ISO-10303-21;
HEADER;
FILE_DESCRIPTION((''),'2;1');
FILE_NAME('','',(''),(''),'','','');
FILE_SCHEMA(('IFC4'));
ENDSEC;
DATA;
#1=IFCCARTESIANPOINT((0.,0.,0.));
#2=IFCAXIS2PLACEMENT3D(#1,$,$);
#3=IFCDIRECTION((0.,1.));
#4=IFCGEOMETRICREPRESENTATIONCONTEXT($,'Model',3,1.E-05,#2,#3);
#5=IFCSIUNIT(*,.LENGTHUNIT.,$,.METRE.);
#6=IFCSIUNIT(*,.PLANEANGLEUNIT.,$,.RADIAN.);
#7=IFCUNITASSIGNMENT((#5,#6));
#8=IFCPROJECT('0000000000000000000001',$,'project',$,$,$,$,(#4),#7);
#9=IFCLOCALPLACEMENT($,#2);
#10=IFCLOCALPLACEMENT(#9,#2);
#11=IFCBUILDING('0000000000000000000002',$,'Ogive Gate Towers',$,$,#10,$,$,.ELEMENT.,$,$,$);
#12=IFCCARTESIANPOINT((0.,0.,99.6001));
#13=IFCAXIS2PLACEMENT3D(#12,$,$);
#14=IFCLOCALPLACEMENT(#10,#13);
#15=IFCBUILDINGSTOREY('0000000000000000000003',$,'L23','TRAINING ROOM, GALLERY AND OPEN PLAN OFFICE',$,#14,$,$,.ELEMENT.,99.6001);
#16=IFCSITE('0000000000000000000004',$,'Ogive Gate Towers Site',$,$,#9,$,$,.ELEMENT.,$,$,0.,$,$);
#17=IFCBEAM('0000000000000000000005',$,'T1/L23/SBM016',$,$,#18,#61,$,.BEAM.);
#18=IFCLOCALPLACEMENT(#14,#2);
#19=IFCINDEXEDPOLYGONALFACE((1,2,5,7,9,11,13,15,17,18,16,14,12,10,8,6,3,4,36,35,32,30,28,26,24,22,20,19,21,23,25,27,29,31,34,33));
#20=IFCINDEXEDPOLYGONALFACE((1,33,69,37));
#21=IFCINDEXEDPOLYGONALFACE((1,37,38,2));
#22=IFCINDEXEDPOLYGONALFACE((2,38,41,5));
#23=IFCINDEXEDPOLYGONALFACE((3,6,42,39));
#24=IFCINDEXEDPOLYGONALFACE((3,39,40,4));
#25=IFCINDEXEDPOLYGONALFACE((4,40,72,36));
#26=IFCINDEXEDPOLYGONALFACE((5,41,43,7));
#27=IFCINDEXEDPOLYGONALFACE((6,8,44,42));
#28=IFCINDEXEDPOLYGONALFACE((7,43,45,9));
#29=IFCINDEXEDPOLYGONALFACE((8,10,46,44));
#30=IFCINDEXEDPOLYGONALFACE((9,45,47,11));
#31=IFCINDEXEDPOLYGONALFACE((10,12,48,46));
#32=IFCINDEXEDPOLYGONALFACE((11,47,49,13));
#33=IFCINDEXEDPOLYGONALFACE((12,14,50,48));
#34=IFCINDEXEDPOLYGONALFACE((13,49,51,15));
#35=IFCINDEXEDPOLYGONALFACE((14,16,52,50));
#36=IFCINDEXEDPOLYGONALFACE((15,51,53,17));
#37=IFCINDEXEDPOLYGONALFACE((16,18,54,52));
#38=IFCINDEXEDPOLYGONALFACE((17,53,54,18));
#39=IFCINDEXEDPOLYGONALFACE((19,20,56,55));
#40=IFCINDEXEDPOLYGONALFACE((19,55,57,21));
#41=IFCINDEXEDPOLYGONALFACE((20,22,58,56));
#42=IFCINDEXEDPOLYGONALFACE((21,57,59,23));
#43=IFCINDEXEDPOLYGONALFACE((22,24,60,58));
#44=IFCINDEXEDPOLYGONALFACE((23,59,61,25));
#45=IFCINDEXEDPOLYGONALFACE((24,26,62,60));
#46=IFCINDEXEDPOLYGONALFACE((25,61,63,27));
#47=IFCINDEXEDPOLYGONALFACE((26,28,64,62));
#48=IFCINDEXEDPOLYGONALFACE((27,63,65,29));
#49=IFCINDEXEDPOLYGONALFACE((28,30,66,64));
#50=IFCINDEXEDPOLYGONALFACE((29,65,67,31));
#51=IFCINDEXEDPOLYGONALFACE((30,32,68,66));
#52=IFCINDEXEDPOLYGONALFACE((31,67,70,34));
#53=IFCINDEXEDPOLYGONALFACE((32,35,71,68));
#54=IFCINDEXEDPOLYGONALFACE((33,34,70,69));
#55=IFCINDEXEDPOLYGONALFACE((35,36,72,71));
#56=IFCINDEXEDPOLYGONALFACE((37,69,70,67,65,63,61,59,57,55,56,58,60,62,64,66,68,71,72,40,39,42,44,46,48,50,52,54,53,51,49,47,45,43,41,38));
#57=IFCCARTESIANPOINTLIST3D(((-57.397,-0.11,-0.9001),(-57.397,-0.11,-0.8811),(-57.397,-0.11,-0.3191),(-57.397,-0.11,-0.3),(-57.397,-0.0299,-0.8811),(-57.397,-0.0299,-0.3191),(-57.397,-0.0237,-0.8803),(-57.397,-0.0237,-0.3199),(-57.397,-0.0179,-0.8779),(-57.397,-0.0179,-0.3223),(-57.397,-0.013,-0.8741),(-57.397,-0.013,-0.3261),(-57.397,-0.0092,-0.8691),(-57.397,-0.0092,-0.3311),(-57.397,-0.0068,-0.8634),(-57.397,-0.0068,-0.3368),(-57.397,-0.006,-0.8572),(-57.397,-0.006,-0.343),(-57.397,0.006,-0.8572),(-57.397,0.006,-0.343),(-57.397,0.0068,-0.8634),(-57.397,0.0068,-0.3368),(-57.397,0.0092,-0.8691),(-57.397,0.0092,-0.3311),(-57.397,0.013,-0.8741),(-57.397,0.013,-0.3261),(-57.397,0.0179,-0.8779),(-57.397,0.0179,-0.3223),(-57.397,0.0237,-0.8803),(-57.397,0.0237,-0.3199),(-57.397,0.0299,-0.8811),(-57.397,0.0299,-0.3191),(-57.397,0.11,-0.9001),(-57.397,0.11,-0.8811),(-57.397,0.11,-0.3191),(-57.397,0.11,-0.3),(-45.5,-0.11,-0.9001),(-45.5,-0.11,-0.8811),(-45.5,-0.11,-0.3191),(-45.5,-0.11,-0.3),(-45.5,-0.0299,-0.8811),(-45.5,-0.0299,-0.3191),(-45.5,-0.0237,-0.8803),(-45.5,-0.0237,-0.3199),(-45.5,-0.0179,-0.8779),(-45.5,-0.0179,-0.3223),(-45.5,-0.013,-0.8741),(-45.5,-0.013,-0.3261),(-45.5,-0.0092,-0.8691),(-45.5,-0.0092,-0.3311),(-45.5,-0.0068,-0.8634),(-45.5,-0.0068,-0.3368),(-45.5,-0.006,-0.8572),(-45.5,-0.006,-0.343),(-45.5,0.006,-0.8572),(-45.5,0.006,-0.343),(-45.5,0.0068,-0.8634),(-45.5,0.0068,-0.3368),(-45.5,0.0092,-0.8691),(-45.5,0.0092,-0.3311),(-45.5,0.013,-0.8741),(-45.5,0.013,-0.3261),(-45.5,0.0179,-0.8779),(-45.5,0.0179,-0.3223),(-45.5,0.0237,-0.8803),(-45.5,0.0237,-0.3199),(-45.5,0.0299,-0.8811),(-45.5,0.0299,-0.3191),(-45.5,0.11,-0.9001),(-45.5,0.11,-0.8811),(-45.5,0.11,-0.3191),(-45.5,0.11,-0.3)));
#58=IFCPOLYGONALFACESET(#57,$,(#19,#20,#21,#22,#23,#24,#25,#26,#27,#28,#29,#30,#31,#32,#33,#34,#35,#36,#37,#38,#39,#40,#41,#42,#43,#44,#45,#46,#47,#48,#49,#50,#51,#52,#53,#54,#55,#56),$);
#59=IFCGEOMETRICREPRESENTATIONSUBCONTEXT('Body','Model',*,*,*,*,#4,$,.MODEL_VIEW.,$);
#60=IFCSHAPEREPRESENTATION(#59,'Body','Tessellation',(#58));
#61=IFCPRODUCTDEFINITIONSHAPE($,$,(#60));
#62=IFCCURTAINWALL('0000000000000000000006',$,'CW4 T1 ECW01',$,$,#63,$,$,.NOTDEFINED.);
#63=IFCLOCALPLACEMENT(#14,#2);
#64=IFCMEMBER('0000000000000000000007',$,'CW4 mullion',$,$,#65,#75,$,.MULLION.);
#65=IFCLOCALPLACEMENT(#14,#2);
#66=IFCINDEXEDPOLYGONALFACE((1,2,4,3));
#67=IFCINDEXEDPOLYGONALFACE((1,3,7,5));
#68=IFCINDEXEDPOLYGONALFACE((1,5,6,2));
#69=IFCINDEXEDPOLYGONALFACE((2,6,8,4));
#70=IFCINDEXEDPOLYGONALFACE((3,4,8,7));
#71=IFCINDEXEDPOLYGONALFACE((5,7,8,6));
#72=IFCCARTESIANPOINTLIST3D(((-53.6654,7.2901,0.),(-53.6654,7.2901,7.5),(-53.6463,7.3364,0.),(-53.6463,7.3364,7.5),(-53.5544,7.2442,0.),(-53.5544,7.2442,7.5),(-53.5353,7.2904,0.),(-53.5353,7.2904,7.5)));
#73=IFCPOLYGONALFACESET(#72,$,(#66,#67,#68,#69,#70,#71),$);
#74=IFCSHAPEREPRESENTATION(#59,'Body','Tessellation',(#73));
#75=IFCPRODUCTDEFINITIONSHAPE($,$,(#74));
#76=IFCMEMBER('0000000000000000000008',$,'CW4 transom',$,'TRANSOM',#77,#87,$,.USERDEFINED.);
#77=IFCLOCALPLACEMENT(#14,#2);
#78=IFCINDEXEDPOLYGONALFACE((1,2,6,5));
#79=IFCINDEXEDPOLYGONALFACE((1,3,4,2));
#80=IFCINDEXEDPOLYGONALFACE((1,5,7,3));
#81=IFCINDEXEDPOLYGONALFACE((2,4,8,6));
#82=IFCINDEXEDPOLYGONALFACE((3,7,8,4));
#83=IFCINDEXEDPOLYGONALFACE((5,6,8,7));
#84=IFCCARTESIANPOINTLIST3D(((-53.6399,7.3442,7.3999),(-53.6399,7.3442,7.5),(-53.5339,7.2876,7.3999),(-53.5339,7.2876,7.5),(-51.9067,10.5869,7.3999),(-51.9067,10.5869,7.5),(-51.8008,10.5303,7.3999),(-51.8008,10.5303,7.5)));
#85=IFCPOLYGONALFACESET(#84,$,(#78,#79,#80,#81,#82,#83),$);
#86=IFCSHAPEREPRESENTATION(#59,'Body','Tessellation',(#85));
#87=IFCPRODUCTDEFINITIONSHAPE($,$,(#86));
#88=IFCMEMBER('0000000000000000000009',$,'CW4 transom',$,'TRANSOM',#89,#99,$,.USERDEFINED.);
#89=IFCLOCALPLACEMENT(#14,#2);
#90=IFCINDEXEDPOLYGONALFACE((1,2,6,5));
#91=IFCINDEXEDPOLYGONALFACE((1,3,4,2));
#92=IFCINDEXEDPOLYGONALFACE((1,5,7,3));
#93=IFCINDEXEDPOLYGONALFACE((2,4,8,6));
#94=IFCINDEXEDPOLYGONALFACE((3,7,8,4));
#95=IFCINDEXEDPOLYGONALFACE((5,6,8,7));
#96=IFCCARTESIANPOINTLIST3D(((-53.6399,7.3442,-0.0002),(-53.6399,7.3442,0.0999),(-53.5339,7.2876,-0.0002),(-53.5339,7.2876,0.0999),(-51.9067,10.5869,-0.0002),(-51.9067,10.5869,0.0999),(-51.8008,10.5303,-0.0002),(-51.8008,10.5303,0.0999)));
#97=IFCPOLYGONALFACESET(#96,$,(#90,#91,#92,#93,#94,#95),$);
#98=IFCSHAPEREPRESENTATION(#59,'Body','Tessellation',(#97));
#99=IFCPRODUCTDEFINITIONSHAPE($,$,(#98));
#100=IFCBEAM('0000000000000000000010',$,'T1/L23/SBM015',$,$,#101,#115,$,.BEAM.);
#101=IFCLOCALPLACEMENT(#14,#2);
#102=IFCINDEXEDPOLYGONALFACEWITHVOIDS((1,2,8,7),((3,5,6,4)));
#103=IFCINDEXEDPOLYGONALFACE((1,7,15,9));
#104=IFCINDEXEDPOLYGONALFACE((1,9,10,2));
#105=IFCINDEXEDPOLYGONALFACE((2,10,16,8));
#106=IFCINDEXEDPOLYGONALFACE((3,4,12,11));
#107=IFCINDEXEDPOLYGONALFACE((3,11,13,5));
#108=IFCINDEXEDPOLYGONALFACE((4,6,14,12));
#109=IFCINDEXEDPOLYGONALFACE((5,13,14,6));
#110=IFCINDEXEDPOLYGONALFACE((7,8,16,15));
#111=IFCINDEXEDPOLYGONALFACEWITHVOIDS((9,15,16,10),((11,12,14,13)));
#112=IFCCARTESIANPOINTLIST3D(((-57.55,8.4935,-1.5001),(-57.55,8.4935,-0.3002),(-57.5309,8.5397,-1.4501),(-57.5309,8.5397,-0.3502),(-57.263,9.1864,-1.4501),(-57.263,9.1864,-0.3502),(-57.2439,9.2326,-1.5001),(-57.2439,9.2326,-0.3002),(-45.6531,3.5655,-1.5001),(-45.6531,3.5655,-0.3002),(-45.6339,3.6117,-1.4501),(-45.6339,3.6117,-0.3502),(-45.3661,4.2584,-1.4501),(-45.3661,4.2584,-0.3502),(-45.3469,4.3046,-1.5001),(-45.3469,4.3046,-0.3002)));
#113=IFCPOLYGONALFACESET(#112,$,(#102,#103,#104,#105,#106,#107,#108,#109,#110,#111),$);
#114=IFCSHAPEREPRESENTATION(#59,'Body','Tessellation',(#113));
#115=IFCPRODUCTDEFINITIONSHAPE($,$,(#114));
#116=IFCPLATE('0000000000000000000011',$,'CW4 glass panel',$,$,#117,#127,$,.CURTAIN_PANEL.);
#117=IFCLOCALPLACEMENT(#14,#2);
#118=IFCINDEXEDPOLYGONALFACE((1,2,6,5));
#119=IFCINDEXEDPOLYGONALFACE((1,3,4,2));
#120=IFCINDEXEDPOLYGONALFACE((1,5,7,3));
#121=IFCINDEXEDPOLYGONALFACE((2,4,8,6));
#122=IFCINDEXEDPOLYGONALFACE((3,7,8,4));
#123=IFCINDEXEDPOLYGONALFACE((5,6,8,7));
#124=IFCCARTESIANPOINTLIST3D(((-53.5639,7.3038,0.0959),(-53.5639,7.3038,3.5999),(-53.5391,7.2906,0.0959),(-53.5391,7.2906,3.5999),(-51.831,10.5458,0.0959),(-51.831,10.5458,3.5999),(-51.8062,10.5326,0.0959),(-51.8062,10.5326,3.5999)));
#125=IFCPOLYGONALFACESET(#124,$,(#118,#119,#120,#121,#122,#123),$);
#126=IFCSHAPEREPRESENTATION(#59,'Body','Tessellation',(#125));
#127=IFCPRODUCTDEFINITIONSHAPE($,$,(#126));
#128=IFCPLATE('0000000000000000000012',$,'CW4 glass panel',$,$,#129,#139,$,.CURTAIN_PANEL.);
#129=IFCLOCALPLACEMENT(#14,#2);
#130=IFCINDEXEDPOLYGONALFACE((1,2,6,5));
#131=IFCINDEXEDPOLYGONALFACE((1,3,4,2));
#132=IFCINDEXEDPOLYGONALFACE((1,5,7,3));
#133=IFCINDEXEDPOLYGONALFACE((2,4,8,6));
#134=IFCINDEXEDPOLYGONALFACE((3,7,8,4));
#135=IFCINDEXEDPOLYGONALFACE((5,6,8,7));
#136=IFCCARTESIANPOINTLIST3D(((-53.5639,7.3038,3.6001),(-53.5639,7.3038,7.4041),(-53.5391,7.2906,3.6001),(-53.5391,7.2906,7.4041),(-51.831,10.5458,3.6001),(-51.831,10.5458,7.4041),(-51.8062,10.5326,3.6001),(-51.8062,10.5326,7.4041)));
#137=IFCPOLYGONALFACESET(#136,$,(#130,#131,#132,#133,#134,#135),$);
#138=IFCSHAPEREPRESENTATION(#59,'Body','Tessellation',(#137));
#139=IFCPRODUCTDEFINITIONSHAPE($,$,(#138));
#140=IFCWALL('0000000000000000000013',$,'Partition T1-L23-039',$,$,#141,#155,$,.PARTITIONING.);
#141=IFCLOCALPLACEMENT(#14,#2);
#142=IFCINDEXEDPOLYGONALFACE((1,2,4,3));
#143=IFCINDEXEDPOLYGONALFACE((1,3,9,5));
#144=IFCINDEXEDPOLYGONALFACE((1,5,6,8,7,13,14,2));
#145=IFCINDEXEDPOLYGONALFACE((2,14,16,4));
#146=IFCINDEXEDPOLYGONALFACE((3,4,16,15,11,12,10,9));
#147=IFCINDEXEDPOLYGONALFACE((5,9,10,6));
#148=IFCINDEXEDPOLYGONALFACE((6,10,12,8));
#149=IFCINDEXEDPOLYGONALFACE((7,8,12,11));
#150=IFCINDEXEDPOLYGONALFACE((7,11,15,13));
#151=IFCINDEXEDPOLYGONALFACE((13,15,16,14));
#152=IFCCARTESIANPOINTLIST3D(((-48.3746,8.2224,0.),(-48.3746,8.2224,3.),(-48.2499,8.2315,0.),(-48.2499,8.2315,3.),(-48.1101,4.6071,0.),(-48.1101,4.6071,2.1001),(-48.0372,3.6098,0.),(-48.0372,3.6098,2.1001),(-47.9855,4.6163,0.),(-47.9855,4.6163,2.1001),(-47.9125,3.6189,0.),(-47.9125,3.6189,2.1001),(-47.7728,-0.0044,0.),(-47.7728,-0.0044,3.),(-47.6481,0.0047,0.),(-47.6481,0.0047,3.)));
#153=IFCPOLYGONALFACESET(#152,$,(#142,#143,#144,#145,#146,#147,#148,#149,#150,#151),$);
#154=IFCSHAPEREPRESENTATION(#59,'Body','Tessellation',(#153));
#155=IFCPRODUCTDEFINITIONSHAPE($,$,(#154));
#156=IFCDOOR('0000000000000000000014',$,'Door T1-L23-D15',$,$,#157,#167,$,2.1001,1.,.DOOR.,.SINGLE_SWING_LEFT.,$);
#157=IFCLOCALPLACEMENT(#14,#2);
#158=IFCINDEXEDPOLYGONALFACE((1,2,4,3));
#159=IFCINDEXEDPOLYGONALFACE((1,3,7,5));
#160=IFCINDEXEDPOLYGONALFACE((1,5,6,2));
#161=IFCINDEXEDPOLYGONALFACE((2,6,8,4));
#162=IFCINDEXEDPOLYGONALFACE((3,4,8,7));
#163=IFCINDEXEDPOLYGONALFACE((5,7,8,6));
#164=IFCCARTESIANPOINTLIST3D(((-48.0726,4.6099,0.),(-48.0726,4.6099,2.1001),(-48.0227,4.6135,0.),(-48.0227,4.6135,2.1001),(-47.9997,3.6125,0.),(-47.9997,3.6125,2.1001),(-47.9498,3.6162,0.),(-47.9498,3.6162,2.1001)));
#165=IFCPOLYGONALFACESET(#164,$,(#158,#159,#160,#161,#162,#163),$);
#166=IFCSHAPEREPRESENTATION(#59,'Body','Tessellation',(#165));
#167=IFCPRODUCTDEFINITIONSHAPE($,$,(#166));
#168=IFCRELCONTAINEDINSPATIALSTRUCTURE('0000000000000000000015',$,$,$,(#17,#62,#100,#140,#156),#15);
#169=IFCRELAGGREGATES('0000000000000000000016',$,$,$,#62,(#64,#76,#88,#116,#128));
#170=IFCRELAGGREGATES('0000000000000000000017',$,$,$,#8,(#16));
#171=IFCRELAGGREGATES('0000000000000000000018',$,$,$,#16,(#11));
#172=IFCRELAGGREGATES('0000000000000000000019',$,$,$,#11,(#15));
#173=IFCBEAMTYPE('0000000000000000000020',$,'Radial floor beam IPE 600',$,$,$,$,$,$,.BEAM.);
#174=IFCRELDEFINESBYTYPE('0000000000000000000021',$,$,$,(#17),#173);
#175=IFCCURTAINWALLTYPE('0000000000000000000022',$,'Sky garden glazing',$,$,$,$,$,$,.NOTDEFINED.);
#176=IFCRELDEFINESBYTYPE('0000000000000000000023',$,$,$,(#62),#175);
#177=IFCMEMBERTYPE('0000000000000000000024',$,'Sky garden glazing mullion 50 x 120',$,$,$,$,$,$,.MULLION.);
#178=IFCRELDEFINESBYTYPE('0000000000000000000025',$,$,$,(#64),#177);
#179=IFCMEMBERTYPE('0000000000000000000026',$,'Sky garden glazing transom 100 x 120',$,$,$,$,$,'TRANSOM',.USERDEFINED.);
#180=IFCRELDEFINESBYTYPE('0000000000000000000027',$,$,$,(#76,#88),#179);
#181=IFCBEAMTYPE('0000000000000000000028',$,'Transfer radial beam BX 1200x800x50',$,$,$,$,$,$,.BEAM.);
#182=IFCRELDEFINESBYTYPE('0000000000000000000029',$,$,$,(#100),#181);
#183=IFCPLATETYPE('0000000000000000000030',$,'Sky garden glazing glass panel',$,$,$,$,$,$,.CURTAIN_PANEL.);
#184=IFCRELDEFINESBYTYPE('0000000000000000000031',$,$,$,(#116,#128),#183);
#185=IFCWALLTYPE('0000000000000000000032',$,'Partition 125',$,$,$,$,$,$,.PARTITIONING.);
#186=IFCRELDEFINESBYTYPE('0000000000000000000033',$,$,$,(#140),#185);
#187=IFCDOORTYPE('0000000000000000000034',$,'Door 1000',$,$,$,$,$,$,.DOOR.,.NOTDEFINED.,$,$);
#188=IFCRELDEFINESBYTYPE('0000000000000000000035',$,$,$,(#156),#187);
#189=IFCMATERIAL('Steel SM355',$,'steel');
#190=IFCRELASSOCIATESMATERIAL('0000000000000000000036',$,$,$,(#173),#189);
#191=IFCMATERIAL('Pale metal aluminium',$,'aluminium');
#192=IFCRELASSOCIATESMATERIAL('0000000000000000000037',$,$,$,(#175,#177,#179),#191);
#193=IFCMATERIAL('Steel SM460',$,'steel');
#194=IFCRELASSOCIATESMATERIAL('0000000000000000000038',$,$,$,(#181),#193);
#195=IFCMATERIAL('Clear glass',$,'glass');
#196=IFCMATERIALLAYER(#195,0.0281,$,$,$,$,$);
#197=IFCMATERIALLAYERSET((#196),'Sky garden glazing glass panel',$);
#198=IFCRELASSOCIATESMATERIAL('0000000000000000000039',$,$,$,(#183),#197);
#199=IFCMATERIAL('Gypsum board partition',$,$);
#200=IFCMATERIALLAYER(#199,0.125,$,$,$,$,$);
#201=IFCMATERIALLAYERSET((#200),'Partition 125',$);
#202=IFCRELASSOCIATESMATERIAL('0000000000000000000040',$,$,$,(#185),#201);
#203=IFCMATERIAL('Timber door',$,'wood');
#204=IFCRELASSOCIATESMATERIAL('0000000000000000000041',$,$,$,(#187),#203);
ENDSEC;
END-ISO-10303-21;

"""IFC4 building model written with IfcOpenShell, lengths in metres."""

from ifc_helpers import new_model, si_unit, direction, frame, frame_2d, origin, origin_2d, place, context, subcontext, project, spatial, rectangle, hollow_rectangle, i_section, extrude, material, layer, layer_set, material_profile, profile_set, type_object, element, fill, aggregate, save


model = new_model("IFC4")

# Units and contexts
model_context = context("Model", 3, precision=1e-05, world=origin(), true_north=direction((0.0, 1.0)))
body_context = subcontext(model_context, "Body", "Model", "MODEL_VIEW")
ifc_project = project(units=[si_unit("LENGTHUNIT", "METRE"), si_unit("PLANEANGLEUNIT", "RADIAN")], contexts=[model_context])

# Site, building, storey
site_placement = place(None, origin())
site = spatial("IfcSite", under=ifc_project, at=site_placement, Name="Ogive Gate Towers Site", CompositionType="ELEMENT", RefElevation=0.0)
building_placement = place(site_placement, origin())
building = spatial("IfcBuilding", under=site, at=building_placement, Name="Ogive Gate Towers", CompositionType="ELEMENT")
storey_placement = place(building_placement, frame((0.0, 0.0, 99.6001)))
storey = spatial("IfcBuildingStorey", under=building, at=storey_placement, Name="L23", Description="TRAINING ROOM, GALLERY AND OPEN PLAN OFFICE", CompositionType="ELEMENT", Elevation=99.6001)

# Beam
ifc_material_1 = material(Name="Steel SM355", Category="steel")
ifc_material_profile_1 = material_profile(ifc_material_1, i_section(OverallWidth=0.22, OverallDepth=0.6001, WebThickness=0.012, FlangeThickness=0.019, FilletRadius=0.0239, at=origin_2d()), Name="IPE 600")
ifc_profile_set_1 = profile_set([ifc_material_profile_1], Name="Steel SM355")
beam_type_1 = type_object("IfcBeamType", Name="Radial floor beam IPE 600", PredefinedType="BEAM", material=ifc_profile_set_1)
beam_1_placement = place(storey_placement, frame((-45.5, 0.0, -0.6001), z_axis=(-1.0, 0.0, 0.0), x_axis=(0.0, -1.0, 0.0)))
element("IfcBeam", 1, at=beam_1_placement, inside=storey, type_object=beam_type_1, Name="T1/L23/SBM016", PredefinedType="BEAM", context=body_context, shape_type="SweptSolid", body=[
    extrude(i_section(OverallWidth=0.22, OverallDepth=0.6001, WebThickness=0.012, FlangeThickness=0.019, FilletRadius=0.0239, at=origin_2d()), origin(), (0.0, 0.0, 1.0), 11.897),
])

# Curtain wall, members
ifc_material_2 = material(Name="Pale metal aluminium", Category="aluminium")
curtain_wall_type = type_object("IfcCurtainWallType", Name="Sky garden glazing", PredefinedType="NOTDEFINED", material=ifc_material_2)
curtain_wall_placement = place(storey_placement, origin())
curtain_wall = element("IfcCurtainWall", 2, at=curtain_wall_placement, inside=storey, type_object=curtain_wall_type, Name="CW4 T1 ECW01", PredefinedType="NOTDEFINED")
ifc_material_profile_2 = material_profile(ifc_material_2, rectangle(XDim=0.1201, YDim=0.05, at=origin_2d()), Name="50 x 120 aluminium box")
ifc_profile_set_2 = profile_set([ifc_material_profile_2], Name="Pale metal aluminium")
member_type_1 = type_object("IfcMemberType", Name="Sky garden glazing mullion 50 x 120", PredefinedType="MULLION", material=ifc_profile_set_2)
member_1_placement = place(storey_placement, frame((-53.6003, 7.2903, 0.0), z_axis=(0.0, 0.0, 1.0), x_axis=(0.92388, -0.382683, 0.0)))
member_1 = element("IfcMember", 3, at=member_1_placement, type_object=member_type_1, Name="CW4 mullion", PredefinedType="MULLION", context=body_context, shape_type="SweptSolid", body=[
    extrude(rectangle(XDim=0.1201, YDim=0.05, at=origin_2d()), origin(), (0.0, 0.0, 1.0), 7.5),
])
ifc_material_profile_3 = material_profile(ifc_material_2, rectangle(XDim=0.1201, YDim=0.1001, at=origin_2d()), Name="100 x 120 aluminium box")
ifc_profile_set_3 = profile_set([ifc_material_profile_3], Name="Pale metal aluminium")
member_type_2 = type_object("IfcMemberType", Name="Sky garden glazing transom 100 x 120", ElementType="TRANSOM", PredefinedType="USERDEFINED", material=ifc_profile_set_3)
member_2_placement = place(storey_placement, frame((-53.5869, 7.3159, 7.45), z_axis=(0.471377, 0.881932, 0.0), x_axis=(-0.881932, 0.471377, 0.0)))
member_2 = element("IfcMember", 4, at=member_2_placement, type_object=member_type_2, Name="CW4 transom", ObjectType="TRANSOM", PredefinedType="USERDEFINED", context=body_context, shape_type="SweptSolid", body=[
    extrude(rectangle(XDim=0.1201, YDim=0.1001, at=origin_2d()), origin(), (0.0, 0.0, 1.0), 3.6768),
])
member_3_placement = place(storey_placement, frame((-53.5869, 7.3159, 0.0498), z_axis=(0.471377, 0.881932, 0.0), x_axis=(-0.881932, 0.471377, 0.0)))
member_3 = element("IfcMember", 5, at=member_3_placement, type_object=member_type_2, Name="CW4 transom", ObjectType="TRANSOM", PredefinedType="USERDEFINED", context=body_context, shape_type="SweptSolid", body=[
    extrude(rectangle(XDim=0.1201, YDim=0.1001, at=origin_2d()), origin(), (0.0, 0.0, 1.0), 3.6768),
])

# Beam
ifc_material_3 = material(Name="Steel SM460", Category="steel")
ifc_material_profile_4 = material_profile(ifc_material_3, hollow_rectangle(XDim=0.8, YDim=1.2, WallThickness=0.05, at=origin_2d()), Name="BX 1200x800x50")
ifc_profile_set_4 = profile_set([ifc_material_profile_4], Name="Steel SM460")
beam_type_2 = type_object("IfcBeamType", Name="Transfer radial beam BX 1200x800x50", PredefinedType="BEAM", material=ifc_profile_set_4)
beam_2_placement = place(storey_placement, frame((-45.5, 3.9351, -0.9001), z_axis=(-0.923877, 0.382689, 0.0), x_axis=(-0.382689, -0.923877, 0.0)))
element("IfcBeam", 6, at=beam_2_placement, inside=storey, type_object=beam_type_2, Name="T1/L23/SBM015", PredefinedType="BEAM", context=body_context, shape_type="SweptSolid", body=[
    extrude(hollow_rectangle(XDim=0.8, YDim=1.2, WallThickness=0.05, at=origin_2d()), origin(), (0.0, 0.0, 1.0), 12.8772),
])

# Plates
ifc_material_4 = material(Name="Clear glass", Category="glass")
ifc_layer_1 = layer(ifc_material_4, 0.0281)
ifc_layer_set_1 = layer_set([ifc_layer_1], Name="Sky garden glazing glass panel")
plate_type = type_object("IfcPlateType", Name="Sky garden glazing glass panel", PredefinedType="CURTAIN_PANEL", material=ifc_layer_set_1)
plate_1_placement = place(storey_placement, frame((-52.6851, 8.9182, 0.0959), z_axis=(0.0, 0.0, 1.0), x_axis=(0.471397, 0.881921, 0.0)))
plate_1 = element("IfcPlate", 7, at=plate_1_placement, type_object=plate_type, Name="CW4 glass panel", PredefinedType="CURTAIN_PANEL", context=body_context, shape_type="SweptSolid", body=[
    extrude(rectangle(XDim=3.676, YDim=0.0281, at=origin_2d()), origin(), (0.0, 0.0, 1.0), 3.5039),
])
plate_2_placement = place(storey_placement, frame((-52.6851, 8.9182, 3.6001), z_axis=(0.0, 0.0, 1.0), x_axis=(0.471397, 0.881921, 0.0)))
plate_2 = element("IfcPlate", 8, at=plate_2_placement, type_object=plate_type, Name="CW4 glass panel", PredefinedType="CURTAIN_PANEL", context=body_context, shape_type="SweptSolid", body=[
    extrude(rectangle(XDim=3.676, YDim=0.0281, at=origin_2d()), origin(), (0.0, 0.0, 1.0), 3.804),
])
aggregate(curtain_wall, [member_1, member_2, member_3, plate_1, plate_2])

# Wall, opening, door
ifc_material_5 = material(Name="Gypsum board partition")
ifc_layer_2 = layer(ifc_material_5, 0.125)
ifc_layer_set_2 = layer_set([ifc_layer_2], Name="Partition 125")
wall_type_1 = type_object("IfcWallType", Name="Partition 125", PredefinedType="PARTITIONING", material=ifc_layer_set_2)
wall_1_placement = place(storey_placement, frame((-47.7104, 0.0, 0.0), z_axis=(0.0, 0.0, 1.0), x_axis=(-0.072957, 0.997335, 0.0)))
wall_1 = element("IfcWall", 9, at=wall_1_placement, inside=storey, type_object=wall_type_1, Name="Partition T1-L23-039", PredefinedType="PARTITIONING", context=body_context, shape_type="SweptSolid", body=[
    extrude(rectangle(XDim=8.2488, YDim=0.125, at=frame_2d((4.1245, 0.0))), origin(), (0.0, 0.0, 1.0), 3.0),
])
opening_1_placement = place(wall_1_placement, frame((3.624, 0.0, 0.0)))
opening_1 = element("IfcOpeningElement", 10, at=opening_1_placement, cuts=wall_1, PredefinedType="OPENING", context=body_context, shape_type="SweptSolid", body=[
    extrude(rectangle(XDim=1.0, YDim=2.1001, at=frame_2d((0.5, 1.05))), frame((0.0, 0.0725, 0.0), z_axis=(0.0, -1.0, 0.0), x_axis=(1.0, 0.0, 0.0)), (0.0, 0.0, 1.0), 0.145),
])
ifc_material_6 = material(Name="Timber door", Category="wood")
door_type_1 = type_object("IfcDoorType", Name="Door 1000", OperationType="NOTDEFINED", PredefinedType="DOOR", material=ifc_material_6)
door_1_placement = place(opening_1_placement, origin())
door_1 = element("IfcDoor", 11, at=door_1_placement, inside=storey, type_object=door_type_1, Name="Door T1-L23-D15", OperationType="SINGLE_SWING_LEFT", OverallHeight=2.1001, OverallWidth=1.0, PredefinedType="DOOR", context=body_context, shape_type="SweptSolid", body=[
    extrude(rectangle(XDim=1.0, YDim=2.1001, at=frame_2d((0.5, 1.05))), frame((0.0, 0.0249, 0.0), z_axis=(0.0, -1.0, 0.0), x_axis=(1.0, 0.0, 0.0)), (0.0, 0.0, 1.0), 0.05),
])
fill(opening_1, door_1)

save(model, "model.ifc")
